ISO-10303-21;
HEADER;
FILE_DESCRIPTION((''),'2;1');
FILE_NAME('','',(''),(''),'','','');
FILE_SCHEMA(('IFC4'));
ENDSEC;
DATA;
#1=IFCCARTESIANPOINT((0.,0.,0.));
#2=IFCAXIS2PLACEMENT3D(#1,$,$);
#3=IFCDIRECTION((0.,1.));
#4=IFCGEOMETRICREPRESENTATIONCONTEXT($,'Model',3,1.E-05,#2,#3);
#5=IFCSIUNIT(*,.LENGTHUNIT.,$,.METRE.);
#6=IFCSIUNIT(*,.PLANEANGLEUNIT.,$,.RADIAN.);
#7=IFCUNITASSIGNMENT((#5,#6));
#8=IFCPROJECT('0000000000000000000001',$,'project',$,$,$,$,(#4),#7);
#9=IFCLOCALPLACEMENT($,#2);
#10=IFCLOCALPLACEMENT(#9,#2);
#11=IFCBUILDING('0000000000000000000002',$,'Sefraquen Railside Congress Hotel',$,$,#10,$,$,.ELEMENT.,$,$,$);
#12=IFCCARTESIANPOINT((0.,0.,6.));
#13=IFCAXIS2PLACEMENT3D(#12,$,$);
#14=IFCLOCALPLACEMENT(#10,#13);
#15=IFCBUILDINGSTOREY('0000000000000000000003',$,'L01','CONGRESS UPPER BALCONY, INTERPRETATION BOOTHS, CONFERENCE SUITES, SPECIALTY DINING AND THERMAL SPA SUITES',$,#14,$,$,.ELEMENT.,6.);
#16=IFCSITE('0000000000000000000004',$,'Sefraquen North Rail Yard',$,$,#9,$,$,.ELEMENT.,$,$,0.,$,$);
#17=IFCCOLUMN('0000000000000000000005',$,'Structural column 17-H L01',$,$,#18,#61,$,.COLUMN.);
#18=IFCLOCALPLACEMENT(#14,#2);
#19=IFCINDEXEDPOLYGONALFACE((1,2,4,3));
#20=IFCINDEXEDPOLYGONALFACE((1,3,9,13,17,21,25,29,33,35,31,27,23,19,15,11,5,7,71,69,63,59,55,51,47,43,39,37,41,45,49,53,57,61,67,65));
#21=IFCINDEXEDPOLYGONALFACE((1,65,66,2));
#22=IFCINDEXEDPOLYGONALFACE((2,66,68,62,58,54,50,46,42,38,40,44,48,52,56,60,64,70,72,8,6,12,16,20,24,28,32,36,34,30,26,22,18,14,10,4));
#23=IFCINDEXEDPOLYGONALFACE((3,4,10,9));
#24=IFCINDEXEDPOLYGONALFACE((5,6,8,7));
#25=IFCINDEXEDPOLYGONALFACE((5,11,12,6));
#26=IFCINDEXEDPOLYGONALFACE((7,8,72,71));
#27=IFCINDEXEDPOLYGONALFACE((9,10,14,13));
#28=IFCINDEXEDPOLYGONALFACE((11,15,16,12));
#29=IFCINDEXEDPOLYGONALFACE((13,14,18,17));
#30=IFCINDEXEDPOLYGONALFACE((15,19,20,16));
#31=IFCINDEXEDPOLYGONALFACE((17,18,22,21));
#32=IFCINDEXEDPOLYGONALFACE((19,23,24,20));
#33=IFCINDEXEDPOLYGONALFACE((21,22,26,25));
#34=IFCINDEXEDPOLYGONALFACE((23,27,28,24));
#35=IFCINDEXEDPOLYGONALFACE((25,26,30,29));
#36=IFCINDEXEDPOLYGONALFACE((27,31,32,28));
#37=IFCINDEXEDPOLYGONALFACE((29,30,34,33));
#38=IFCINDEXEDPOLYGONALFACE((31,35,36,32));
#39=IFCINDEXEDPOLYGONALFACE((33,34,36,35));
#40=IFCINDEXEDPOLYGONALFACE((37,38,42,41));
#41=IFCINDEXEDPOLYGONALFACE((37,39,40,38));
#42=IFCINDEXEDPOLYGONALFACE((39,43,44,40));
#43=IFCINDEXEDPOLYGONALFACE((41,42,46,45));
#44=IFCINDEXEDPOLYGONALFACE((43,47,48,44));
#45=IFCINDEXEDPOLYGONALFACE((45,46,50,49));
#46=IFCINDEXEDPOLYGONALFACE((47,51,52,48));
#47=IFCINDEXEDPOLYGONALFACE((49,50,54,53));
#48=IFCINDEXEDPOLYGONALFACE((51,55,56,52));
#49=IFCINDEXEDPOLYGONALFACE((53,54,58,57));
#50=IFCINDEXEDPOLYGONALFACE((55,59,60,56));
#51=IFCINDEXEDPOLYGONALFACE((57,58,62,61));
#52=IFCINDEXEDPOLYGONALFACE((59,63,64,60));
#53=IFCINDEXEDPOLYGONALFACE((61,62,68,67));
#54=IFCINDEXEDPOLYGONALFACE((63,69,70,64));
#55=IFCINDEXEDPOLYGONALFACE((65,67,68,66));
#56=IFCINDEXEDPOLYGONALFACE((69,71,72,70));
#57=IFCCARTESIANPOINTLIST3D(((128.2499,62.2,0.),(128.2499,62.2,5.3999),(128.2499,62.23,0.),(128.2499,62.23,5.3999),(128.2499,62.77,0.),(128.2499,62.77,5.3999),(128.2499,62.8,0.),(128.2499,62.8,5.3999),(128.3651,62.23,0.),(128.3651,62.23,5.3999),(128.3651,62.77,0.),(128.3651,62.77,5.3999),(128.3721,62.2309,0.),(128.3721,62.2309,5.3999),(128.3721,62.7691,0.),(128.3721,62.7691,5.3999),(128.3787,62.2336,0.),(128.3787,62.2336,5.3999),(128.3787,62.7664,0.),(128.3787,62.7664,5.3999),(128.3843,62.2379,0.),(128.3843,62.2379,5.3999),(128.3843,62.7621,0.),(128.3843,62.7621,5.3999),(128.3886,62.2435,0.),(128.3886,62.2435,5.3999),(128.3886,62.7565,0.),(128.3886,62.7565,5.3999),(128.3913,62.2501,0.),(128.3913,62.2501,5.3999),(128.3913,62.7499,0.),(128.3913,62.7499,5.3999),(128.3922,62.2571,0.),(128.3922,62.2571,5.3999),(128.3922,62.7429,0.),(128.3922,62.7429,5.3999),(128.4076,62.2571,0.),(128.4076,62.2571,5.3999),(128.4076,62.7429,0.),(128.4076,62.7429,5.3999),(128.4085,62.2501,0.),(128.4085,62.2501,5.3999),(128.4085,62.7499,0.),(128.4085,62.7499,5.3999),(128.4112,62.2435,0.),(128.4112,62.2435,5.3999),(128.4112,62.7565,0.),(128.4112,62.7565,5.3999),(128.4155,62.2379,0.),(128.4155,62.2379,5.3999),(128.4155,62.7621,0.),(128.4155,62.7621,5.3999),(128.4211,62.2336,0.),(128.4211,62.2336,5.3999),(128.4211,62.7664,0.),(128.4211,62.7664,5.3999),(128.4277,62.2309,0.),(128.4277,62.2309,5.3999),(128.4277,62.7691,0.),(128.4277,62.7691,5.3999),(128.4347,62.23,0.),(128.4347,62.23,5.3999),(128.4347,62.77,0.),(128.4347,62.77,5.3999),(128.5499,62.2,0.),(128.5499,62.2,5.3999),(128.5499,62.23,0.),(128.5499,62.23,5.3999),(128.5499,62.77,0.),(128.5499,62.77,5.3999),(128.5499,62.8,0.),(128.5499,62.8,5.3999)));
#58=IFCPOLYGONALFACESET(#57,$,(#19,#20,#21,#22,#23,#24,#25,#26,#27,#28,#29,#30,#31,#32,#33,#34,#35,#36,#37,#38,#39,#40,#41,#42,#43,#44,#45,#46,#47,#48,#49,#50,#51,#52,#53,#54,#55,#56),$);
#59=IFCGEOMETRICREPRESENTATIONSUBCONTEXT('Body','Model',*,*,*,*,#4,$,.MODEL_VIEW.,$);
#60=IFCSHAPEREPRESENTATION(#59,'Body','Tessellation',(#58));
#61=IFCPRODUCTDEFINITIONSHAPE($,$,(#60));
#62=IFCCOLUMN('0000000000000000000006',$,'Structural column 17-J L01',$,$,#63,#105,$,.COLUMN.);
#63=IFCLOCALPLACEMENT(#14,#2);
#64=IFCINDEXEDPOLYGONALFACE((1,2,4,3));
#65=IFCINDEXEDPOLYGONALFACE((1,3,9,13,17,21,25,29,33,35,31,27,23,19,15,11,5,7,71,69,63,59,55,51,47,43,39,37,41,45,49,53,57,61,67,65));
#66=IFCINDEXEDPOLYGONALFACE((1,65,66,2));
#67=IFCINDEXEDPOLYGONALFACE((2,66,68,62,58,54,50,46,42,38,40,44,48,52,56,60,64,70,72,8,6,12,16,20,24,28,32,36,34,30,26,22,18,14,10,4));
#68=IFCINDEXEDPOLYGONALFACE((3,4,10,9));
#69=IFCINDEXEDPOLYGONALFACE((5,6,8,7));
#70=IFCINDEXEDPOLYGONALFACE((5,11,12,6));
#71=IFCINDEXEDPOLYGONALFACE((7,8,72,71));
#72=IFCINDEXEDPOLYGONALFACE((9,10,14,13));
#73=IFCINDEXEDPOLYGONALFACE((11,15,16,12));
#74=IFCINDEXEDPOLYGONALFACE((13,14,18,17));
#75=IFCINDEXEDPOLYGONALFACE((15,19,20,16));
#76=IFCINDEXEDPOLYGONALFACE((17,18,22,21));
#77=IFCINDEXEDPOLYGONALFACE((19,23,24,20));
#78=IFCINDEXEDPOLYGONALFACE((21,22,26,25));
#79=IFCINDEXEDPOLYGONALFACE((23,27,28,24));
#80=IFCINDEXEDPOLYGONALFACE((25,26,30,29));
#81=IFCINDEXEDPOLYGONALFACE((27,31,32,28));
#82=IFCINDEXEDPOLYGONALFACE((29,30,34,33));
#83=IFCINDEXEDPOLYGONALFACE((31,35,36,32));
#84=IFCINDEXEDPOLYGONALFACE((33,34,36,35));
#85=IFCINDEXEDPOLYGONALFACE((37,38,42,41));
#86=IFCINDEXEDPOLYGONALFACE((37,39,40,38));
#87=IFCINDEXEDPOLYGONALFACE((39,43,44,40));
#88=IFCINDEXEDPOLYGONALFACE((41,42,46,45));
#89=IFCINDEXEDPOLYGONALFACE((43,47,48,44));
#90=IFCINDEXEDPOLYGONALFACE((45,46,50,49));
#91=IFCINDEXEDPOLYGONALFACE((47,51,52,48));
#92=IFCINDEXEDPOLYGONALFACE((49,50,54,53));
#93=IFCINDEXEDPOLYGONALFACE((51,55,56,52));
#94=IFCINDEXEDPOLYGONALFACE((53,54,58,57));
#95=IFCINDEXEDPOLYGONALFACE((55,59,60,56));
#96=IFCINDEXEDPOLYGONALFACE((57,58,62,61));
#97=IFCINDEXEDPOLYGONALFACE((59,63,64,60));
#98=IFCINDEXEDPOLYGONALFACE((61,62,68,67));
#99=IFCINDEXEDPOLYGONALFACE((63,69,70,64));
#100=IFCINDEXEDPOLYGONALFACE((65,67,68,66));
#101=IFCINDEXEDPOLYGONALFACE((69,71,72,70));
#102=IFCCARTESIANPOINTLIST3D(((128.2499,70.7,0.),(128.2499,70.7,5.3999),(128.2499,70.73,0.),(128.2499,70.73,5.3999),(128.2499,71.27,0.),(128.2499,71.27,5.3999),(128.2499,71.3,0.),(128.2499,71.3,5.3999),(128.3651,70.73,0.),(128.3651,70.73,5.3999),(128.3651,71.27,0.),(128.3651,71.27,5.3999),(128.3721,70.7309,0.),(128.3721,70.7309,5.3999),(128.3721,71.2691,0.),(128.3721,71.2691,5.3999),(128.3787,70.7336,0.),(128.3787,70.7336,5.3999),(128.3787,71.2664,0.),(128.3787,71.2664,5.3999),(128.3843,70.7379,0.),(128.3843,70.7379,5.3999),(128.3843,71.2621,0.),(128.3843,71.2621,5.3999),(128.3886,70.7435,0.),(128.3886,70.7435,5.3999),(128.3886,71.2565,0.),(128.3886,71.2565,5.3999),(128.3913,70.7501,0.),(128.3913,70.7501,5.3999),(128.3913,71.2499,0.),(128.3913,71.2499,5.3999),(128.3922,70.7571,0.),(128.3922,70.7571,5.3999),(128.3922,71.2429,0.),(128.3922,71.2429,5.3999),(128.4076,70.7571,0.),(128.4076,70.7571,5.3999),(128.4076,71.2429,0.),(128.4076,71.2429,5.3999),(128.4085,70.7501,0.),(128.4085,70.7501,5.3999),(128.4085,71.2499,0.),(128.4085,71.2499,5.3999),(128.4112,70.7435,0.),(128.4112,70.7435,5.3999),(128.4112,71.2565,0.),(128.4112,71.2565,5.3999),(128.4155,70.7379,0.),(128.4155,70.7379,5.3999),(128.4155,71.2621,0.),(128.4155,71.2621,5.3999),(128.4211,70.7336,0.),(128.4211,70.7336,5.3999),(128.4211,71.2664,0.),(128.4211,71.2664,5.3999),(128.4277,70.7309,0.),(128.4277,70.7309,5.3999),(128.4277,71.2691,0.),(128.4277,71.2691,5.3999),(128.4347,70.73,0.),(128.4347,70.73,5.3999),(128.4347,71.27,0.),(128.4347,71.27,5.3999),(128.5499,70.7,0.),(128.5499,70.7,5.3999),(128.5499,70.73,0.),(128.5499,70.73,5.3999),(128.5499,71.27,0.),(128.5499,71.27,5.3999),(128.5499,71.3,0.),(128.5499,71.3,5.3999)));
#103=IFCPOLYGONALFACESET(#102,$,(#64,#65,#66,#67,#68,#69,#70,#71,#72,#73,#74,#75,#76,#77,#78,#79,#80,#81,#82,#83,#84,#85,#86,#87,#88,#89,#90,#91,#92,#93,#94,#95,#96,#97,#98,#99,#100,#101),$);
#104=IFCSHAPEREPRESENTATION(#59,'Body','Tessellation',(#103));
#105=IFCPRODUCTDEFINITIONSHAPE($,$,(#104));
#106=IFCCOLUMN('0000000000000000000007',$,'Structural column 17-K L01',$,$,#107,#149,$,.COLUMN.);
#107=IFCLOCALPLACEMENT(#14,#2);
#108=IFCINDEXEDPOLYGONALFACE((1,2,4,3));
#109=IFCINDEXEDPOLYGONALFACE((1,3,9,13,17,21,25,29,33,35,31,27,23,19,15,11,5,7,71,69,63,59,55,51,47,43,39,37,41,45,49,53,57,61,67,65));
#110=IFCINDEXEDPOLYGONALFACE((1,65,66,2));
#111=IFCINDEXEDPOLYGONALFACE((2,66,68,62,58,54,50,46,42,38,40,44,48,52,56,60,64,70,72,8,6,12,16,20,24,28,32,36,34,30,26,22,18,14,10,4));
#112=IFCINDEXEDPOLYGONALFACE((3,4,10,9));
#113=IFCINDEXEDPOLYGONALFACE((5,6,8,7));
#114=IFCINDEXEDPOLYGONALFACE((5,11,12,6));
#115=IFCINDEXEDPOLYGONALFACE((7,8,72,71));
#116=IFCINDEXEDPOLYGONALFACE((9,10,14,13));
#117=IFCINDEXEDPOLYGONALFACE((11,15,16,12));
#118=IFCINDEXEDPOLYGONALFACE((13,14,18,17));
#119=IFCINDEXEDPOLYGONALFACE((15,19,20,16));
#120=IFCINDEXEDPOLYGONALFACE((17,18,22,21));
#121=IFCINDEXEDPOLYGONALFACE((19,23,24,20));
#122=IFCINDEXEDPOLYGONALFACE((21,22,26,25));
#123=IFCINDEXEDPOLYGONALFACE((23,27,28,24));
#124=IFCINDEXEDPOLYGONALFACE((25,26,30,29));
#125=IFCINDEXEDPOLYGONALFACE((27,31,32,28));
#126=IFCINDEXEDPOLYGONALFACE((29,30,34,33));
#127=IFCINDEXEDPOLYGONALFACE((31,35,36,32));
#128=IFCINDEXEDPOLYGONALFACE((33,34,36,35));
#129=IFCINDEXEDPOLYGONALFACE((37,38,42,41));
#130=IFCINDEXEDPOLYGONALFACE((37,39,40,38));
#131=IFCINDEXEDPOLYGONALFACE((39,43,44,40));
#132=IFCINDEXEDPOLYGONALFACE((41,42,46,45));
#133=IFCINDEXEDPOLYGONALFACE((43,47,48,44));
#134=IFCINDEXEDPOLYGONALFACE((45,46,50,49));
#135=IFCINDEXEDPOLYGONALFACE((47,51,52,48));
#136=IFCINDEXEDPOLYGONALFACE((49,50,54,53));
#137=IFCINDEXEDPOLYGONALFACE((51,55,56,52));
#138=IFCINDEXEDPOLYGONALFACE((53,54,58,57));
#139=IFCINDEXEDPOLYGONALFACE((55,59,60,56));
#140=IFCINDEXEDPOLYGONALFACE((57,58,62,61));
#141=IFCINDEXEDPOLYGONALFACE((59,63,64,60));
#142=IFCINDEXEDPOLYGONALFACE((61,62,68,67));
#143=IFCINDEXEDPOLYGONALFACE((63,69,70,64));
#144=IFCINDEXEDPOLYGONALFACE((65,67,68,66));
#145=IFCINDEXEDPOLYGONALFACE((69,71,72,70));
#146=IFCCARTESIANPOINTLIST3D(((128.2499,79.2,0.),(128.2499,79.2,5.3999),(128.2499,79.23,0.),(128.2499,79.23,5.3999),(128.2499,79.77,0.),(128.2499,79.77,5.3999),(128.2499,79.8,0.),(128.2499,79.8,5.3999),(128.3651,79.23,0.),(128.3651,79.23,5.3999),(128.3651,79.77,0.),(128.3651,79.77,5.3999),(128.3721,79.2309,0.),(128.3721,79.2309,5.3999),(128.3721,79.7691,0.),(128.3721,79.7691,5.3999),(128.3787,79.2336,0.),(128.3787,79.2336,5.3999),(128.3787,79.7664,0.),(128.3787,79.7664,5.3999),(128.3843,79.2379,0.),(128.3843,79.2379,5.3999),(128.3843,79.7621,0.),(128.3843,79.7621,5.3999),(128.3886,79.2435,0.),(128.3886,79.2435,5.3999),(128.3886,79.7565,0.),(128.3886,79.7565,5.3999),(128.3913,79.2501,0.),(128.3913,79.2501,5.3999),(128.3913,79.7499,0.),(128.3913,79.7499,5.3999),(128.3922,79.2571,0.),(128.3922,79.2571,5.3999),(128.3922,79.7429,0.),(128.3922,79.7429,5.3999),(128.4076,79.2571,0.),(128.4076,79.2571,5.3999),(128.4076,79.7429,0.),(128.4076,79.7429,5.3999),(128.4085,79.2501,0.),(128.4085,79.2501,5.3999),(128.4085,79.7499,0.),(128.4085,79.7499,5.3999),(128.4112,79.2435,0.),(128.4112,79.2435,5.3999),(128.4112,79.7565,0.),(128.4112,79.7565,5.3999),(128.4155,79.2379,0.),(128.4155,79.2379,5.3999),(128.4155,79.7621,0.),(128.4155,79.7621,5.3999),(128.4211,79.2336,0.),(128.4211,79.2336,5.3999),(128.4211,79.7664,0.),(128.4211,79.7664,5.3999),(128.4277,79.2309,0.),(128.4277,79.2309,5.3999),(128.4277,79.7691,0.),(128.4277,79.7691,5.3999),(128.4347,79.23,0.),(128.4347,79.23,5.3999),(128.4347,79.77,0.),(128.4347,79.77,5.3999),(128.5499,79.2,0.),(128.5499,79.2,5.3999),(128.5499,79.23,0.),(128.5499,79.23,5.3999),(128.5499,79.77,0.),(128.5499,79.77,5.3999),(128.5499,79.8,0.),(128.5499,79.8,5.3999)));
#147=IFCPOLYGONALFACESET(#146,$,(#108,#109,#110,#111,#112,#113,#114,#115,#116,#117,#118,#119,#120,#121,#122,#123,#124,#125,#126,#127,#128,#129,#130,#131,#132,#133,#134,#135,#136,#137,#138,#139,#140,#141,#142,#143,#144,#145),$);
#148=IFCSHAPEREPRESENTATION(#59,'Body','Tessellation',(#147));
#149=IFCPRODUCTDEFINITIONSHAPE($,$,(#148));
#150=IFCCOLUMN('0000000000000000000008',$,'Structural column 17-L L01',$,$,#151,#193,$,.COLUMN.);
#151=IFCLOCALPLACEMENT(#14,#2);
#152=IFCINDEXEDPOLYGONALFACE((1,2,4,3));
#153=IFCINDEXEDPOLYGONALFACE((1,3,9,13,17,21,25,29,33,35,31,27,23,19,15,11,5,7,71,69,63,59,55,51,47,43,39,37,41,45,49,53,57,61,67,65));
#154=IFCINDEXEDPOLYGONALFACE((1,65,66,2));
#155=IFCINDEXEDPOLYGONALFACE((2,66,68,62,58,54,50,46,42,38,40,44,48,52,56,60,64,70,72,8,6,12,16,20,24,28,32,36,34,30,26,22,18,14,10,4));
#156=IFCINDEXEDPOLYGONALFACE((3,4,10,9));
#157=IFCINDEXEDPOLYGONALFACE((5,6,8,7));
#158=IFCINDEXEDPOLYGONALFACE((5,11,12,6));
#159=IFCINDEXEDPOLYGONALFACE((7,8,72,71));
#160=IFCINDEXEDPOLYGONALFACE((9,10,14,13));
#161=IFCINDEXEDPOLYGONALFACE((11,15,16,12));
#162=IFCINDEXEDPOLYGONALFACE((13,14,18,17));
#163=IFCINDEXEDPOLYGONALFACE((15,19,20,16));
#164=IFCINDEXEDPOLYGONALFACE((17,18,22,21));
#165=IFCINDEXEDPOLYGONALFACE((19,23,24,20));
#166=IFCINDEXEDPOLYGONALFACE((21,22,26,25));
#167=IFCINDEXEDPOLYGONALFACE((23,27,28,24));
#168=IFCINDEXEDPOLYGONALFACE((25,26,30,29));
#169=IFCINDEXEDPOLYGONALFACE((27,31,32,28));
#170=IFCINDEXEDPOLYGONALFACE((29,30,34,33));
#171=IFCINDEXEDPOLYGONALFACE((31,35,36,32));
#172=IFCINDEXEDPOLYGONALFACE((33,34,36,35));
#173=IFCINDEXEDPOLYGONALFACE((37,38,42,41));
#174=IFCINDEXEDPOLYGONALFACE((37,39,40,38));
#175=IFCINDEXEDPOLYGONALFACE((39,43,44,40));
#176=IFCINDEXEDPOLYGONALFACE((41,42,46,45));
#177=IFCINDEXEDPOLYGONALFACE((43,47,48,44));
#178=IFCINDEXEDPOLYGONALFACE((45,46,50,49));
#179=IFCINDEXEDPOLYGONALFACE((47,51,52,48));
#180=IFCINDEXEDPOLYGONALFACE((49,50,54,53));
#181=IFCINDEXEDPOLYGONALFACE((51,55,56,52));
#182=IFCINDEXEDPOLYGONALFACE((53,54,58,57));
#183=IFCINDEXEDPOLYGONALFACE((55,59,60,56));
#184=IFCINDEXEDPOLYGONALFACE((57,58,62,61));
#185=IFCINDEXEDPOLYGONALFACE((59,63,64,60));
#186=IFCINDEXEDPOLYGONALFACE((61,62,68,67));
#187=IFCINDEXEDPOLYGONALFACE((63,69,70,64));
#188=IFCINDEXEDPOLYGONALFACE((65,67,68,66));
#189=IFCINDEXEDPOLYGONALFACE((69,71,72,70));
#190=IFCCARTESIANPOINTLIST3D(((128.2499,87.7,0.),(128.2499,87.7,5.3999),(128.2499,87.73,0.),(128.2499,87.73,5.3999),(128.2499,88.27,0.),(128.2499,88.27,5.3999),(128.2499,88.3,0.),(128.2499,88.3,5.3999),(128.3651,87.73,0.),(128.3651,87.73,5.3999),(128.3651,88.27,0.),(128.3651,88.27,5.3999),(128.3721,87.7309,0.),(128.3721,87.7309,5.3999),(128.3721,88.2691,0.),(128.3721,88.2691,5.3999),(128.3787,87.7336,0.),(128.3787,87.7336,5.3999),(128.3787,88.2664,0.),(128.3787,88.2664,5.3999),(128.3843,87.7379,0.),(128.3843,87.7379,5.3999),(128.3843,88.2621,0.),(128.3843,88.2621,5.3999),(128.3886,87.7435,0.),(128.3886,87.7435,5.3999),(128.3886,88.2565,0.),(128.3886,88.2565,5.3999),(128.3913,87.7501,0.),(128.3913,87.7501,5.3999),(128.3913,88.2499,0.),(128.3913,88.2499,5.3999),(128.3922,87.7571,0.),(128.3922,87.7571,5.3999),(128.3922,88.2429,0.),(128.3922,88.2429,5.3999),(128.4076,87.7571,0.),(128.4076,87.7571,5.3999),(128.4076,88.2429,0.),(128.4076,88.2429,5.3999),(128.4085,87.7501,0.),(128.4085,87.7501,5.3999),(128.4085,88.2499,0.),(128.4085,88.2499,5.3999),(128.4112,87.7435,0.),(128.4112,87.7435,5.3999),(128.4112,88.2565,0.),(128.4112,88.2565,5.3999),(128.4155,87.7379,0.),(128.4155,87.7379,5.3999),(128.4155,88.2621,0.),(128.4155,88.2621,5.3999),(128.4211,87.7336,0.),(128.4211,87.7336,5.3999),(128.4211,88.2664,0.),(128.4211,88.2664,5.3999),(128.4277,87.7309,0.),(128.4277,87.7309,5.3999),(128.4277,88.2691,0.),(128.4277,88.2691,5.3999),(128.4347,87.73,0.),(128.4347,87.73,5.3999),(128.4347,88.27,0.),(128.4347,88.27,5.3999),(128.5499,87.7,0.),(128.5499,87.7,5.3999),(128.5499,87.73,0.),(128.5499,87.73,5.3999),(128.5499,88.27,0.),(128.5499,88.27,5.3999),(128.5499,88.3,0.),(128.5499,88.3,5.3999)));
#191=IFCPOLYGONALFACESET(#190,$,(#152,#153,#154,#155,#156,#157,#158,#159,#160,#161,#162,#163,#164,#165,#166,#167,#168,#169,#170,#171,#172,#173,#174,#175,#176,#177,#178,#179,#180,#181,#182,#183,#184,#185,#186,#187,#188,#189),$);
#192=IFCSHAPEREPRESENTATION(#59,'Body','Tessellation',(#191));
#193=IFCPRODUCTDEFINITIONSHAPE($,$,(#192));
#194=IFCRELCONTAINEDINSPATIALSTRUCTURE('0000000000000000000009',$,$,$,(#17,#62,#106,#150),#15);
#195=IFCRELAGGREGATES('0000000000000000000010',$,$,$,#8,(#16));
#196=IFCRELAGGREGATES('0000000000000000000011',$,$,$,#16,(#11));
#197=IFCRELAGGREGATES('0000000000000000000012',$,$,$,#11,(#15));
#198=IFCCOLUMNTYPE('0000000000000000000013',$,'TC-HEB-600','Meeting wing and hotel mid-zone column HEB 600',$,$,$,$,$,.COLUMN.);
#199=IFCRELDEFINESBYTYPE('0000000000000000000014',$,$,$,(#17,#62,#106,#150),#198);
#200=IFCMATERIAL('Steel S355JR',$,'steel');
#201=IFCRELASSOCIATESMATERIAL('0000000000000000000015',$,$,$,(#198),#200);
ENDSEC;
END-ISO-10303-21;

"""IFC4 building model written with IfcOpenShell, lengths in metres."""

from ifc_helpers import new_model, si_unit, direction, frame, origin, origin_2d, place, context, subcontext, project, spatial, i_section, extrude, material, material_profile, profile_set, type_object, element, save


model = new_model("IFC4")

# Units and contexts
model_context = context("Model", 3, precision=1e-05, world=origin(), true_north=direction((0.0, 1.0)))
body_context = subcontext(model_context, "Body", "Model", "MODEL_VIEW")
ifc_project = project(units=[si_unit("LENGTHUNIT", "METRE"), si_unit("PLANEANGLEUNIT", "RADIAN")], contexts=[model_context])

# Site, building, storey
site_placement = place(None, origin())
site = spatial("IfcSite", under=ifc_project, at=site_placement, Name="Sefraquen North Rail Yard", CompositionType="ELEMENT", RefElevation=0.0)
building_placement = place(site_placement, origin())
building = spatial("IfcBuilding", under=site, at=building_placement, Name="Sefraquen Railside Congress Hotel", CompositionType="ELEMENT")
storey_placement = place(building_placement, frame((0.0, 0.0, 6.0)))
storey = spatial("IfcBuildingStorey", under=building, at=storey_placement, Name="L01", Description="CONGRESS UPPER BALCONY, INTERPRETATION BOOTHS, CONFERENCE SUITES, SPECIALTY DINING AND THERMAL SPA SUITES", CompositionType="ELEMENT", Elevation=6.0)

# Columns
ifc_material_1 = material(Name="Steel S355JR", Category="steel")
ifc_material_profile_1 = material_profile(ifc_material_1, i_section(OverallWidth=0.3, OverallDepth=0.6001, WebThickness=0.0154, FlangeThickness=0.03, FilletRadius=0.0271, at=origin_2d()), Name="HEB 600")
ifc_profile_set_1 = profile_set([ifc_material_profile_1], Name="Steel S355JR")
column_type_1 = type_object("IfcColumnType", Name="TC-HEB-600", Description="Meeting wing and hotel mid-zone column HEB 600", PredefinedType="COLUMN", material=ifc_profile_set_1)
for number, where, z_axis, x_axis, name in (
    (1, (128.3999, 62.5, 0.0), (0.0, 0.0, 1.0), (1.0, 0.0, 0.0), "Structural column 17-H L01"),
    (2, (128.3999, 71.0, 0.0), (0.0, 0.0, 1.0), (1.0, 0.0, 0.0), "Structural column 17-J L01"),
    (3, (128.3999, 79.5, 0.0), (0.0, 0.0, 1.0), (1.0, 0.0, 0.0), "Structural column 17-K L01"),
    (4, (128.3999, 88.0, 0.0), (0.0, 0.0, 1.0), (1.0, 0.0, 0.0), "Structural column 17-L L01"),
):
    element("IfcColumn", number, at=place(storey_placement, frame(where, z_axis=z_axis, x_axis=x_axis)), inside=storey, type_object=column_type_1, Name=name, PredefinedType="COLUMN", context=body_context, shape_type="SweptSolid", body=[
        extrude(i_section(OverallWidth=0.3, OverallDepth=0.6001, WebThickness=0.0154, FlangeThickness=0.03, FilletRadius=0.0271, at=origin_2d()), origin(), (0.0, 0.0, 1.0), 5.3999),
    ])

save(model, "model.ifc")
